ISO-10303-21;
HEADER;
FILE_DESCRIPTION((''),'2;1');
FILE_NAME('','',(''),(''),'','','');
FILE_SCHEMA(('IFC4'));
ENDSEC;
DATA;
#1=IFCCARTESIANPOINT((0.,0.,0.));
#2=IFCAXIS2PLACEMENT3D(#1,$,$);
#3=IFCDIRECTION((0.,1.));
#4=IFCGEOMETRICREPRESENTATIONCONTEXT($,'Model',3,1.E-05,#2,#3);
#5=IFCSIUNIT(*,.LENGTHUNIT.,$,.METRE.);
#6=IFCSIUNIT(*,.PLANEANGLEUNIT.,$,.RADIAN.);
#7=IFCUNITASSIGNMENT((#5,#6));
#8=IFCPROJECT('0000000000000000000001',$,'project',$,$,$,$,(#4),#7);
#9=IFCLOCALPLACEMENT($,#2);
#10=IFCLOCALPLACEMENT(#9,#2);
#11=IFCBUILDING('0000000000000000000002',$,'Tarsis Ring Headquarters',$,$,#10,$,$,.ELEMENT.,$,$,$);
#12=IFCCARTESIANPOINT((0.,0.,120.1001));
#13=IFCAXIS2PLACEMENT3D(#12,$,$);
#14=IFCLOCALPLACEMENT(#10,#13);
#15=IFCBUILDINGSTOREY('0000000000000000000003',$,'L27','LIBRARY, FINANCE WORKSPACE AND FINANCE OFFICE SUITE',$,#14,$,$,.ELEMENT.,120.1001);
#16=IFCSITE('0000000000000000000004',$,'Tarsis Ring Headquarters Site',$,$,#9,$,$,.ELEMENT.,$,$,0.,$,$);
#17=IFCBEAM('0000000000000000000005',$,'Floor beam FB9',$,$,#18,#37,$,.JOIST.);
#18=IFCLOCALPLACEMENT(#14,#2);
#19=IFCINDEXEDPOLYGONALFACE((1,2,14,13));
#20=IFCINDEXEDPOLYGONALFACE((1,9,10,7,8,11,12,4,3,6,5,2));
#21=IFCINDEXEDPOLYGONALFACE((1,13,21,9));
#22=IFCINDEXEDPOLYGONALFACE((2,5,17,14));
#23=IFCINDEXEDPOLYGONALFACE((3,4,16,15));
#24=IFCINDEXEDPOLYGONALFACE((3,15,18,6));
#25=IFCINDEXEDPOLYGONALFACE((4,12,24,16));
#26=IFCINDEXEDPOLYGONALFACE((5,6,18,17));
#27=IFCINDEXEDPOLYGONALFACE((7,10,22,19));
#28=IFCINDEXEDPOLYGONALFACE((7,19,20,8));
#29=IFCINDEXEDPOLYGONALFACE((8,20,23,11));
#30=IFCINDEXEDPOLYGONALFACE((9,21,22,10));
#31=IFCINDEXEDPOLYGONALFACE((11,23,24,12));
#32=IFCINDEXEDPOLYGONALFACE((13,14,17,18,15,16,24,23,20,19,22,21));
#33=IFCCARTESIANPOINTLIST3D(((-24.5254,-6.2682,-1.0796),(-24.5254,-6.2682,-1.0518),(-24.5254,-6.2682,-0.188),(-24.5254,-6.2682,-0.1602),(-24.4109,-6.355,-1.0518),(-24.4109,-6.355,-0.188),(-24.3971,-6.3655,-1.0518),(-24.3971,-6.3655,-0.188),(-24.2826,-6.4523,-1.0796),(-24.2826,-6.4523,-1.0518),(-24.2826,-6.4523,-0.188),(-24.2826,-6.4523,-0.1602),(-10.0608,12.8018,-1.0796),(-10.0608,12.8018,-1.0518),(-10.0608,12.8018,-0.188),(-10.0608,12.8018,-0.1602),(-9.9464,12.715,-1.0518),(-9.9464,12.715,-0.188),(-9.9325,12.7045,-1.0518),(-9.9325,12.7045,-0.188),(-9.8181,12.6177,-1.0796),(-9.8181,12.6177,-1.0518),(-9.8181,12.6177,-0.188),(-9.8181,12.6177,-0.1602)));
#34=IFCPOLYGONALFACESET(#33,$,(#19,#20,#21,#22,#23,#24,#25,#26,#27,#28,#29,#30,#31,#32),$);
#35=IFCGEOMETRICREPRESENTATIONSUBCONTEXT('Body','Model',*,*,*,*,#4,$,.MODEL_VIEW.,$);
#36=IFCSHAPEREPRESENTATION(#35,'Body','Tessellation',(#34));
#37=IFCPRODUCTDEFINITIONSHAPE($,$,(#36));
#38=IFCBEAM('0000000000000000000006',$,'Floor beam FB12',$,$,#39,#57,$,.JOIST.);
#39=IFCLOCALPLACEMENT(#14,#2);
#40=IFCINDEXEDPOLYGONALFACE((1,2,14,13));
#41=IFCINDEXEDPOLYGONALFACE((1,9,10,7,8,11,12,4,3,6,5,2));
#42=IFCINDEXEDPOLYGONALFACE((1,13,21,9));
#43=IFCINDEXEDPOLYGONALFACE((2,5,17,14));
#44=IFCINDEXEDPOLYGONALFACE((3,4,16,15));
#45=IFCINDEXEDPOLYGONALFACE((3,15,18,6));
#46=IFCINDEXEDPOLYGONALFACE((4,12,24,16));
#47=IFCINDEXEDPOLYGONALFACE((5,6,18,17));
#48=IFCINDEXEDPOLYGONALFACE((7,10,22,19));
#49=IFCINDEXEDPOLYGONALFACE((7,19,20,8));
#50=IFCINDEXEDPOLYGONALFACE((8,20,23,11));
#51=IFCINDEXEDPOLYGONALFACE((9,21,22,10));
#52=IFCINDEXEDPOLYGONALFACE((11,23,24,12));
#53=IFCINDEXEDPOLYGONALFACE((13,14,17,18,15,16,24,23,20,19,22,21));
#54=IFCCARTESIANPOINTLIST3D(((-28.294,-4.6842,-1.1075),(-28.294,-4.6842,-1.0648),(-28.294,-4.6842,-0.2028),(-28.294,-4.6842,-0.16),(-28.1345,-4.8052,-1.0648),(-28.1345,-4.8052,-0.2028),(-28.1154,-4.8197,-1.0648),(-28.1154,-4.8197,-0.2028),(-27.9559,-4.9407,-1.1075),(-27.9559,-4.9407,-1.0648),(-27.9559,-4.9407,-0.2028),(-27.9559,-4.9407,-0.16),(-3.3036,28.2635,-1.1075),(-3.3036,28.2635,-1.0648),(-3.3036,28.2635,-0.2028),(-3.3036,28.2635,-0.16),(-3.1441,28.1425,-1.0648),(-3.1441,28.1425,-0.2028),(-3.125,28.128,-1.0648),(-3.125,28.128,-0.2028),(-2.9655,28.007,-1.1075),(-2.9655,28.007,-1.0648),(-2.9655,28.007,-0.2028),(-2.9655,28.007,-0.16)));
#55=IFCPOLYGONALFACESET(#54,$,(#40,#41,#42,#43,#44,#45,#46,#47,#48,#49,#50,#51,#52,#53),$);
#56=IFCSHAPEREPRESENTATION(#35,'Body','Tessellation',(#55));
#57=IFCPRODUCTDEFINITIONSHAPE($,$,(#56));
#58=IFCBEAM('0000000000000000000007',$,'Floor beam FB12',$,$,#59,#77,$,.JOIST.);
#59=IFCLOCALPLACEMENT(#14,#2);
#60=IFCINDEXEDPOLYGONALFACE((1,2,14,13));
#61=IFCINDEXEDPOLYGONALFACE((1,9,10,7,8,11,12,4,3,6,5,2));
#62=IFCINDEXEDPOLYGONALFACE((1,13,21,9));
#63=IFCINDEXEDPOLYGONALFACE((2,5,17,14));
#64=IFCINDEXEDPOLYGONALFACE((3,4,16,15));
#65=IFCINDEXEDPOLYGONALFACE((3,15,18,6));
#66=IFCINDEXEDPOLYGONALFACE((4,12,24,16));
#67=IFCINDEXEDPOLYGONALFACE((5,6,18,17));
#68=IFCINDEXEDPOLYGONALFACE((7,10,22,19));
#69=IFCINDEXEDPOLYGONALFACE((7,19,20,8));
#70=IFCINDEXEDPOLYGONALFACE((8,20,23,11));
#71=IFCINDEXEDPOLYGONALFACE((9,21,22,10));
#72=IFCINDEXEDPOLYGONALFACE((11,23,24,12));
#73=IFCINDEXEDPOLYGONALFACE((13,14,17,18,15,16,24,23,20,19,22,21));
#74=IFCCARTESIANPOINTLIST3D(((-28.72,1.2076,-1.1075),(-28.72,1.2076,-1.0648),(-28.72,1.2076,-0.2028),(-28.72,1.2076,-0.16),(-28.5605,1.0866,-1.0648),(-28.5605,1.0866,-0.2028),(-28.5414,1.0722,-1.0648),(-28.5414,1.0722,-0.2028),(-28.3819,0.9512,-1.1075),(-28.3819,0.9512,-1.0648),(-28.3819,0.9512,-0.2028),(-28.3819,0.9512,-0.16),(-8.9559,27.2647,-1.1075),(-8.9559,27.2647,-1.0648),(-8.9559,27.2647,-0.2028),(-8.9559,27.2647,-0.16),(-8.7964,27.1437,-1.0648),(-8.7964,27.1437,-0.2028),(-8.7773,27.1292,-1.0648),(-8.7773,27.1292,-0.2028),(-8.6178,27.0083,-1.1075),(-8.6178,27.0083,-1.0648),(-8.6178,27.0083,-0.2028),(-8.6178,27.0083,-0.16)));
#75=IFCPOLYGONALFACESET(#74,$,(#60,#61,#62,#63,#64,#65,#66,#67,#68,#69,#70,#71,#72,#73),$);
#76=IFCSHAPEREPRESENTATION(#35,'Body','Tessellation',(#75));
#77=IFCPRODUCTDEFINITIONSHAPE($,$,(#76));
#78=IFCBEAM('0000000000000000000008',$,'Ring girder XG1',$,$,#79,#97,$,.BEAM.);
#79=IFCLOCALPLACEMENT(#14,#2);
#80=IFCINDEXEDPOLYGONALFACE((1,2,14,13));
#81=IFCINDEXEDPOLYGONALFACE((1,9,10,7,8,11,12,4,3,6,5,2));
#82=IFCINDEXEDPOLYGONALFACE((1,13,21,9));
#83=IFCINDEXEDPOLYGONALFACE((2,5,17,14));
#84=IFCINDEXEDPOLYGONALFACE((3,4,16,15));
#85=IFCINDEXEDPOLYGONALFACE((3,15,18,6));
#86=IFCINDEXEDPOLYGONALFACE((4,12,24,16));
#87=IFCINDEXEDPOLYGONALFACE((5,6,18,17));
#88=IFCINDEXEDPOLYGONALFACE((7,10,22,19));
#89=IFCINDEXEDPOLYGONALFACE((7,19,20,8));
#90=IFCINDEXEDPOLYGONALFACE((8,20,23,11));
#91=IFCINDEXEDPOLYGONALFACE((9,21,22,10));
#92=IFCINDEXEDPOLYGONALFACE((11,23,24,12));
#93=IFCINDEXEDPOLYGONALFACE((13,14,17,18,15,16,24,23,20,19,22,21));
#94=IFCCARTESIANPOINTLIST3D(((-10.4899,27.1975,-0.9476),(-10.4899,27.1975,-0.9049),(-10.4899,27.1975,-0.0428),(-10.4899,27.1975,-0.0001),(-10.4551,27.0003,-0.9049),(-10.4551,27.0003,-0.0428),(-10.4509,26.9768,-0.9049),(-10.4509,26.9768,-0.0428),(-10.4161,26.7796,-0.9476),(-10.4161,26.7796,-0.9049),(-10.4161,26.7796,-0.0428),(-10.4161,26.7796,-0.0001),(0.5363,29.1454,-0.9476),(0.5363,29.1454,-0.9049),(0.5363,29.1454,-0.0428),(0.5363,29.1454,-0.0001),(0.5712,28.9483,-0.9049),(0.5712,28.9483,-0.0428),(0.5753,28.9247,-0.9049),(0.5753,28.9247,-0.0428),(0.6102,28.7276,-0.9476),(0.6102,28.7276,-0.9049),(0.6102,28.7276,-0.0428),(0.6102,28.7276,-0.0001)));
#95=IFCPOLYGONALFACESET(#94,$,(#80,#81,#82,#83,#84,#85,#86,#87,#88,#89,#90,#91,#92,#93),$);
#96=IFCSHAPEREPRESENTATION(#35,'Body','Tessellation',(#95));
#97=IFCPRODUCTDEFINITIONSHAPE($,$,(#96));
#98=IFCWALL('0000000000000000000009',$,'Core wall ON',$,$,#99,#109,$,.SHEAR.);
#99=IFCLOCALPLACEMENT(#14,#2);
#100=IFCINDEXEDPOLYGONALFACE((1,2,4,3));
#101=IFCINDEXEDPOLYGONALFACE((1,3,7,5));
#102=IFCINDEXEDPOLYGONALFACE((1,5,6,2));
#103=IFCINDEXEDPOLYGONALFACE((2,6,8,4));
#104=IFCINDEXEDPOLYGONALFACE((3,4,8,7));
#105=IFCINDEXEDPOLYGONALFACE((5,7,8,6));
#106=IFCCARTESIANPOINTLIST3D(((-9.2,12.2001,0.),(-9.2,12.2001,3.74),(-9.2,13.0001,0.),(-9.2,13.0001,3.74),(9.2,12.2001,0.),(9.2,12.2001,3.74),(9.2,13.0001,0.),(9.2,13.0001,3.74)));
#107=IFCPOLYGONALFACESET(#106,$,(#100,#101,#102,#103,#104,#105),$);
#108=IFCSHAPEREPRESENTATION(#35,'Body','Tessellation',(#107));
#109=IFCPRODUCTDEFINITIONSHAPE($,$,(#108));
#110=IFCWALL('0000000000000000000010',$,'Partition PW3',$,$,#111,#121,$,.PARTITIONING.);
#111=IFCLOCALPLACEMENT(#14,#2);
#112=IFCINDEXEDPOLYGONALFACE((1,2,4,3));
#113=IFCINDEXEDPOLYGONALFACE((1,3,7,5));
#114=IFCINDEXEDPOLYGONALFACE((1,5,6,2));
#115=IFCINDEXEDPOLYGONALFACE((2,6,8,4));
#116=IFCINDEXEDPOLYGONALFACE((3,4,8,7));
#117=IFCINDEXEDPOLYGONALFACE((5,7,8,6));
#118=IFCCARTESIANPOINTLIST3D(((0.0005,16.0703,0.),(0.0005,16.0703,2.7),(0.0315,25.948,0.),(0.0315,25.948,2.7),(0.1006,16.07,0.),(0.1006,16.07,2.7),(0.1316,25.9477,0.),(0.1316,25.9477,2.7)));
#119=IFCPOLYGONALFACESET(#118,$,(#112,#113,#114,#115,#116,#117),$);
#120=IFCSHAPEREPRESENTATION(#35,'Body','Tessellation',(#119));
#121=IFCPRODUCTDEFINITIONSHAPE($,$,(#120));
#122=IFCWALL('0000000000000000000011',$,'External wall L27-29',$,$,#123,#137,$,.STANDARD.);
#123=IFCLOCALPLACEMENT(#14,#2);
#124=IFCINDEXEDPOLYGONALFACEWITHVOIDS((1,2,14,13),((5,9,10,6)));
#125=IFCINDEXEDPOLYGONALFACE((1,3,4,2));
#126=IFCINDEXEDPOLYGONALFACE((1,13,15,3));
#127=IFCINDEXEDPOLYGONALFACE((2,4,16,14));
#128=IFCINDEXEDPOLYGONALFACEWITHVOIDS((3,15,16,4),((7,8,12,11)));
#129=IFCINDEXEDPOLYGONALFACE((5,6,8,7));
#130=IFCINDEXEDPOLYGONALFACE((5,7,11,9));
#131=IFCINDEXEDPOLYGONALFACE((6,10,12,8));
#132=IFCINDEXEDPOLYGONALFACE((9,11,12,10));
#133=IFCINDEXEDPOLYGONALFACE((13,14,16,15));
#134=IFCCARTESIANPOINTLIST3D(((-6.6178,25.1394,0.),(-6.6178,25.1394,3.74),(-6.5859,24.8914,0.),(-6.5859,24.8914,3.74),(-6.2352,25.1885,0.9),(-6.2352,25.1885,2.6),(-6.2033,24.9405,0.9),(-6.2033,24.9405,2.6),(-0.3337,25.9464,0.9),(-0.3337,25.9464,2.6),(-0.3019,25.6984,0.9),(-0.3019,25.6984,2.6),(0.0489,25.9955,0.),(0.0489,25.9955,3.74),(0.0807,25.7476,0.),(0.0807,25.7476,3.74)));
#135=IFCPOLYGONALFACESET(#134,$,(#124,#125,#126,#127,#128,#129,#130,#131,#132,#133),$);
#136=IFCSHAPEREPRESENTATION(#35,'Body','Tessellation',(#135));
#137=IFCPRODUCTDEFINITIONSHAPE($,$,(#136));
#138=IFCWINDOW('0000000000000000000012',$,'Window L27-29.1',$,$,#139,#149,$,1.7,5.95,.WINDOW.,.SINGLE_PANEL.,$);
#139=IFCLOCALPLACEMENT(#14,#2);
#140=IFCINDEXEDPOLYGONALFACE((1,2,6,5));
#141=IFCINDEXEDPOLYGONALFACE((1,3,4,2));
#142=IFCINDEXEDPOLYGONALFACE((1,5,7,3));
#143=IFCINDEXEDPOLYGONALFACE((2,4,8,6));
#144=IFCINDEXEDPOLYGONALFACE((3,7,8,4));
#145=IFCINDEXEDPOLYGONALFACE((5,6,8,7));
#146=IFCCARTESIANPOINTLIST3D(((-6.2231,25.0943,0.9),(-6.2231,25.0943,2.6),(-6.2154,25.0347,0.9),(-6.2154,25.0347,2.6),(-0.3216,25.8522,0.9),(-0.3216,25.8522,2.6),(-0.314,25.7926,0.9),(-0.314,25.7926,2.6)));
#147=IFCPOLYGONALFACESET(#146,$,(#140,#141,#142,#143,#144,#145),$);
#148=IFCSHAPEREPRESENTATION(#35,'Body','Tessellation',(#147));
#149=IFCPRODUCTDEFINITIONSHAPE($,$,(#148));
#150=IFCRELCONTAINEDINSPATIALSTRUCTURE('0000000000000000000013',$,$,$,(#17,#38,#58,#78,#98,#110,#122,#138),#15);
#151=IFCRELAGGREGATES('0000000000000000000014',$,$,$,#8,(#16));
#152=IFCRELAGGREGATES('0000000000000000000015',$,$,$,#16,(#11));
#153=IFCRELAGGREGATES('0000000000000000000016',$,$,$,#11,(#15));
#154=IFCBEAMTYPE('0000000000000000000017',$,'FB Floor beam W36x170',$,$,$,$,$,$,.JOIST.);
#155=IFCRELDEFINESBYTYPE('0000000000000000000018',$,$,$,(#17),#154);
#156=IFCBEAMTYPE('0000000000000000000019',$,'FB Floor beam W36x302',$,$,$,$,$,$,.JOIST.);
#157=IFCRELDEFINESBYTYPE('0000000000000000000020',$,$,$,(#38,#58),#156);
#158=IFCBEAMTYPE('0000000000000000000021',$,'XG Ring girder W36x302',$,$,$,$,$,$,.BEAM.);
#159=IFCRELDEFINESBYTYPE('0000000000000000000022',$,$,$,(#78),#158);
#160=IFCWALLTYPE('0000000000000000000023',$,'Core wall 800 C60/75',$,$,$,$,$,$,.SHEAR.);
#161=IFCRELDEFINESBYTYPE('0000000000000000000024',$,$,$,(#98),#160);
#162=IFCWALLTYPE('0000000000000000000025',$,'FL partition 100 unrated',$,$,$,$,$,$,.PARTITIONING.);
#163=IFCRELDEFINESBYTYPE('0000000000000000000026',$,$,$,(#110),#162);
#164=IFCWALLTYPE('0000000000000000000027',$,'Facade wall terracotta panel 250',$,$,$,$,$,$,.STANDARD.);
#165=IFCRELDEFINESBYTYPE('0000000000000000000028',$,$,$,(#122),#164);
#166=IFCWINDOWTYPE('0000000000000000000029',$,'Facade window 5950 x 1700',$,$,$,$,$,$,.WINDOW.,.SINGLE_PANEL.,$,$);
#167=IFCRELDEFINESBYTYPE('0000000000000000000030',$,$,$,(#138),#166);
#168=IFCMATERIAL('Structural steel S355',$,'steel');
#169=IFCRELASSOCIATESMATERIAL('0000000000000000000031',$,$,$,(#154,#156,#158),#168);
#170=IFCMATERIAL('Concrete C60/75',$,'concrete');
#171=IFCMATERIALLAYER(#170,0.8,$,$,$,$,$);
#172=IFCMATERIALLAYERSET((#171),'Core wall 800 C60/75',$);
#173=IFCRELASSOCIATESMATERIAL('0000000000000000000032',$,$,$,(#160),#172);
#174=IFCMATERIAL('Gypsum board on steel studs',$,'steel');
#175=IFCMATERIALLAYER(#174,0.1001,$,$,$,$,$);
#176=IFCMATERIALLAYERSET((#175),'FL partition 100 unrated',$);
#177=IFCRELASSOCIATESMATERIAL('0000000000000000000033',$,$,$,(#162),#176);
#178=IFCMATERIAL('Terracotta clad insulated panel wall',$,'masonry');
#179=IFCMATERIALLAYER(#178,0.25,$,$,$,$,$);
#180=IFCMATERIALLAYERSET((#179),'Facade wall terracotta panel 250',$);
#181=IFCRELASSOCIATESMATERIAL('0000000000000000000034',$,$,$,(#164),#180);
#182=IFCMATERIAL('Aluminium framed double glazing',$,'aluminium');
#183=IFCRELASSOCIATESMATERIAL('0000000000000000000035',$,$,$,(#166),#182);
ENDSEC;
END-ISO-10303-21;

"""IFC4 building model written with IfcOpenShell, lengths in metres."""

from ifc_helpers import new_model, si_unit, direction, frame, frame_2d, origin, origin_2d, place, context, subcontext, project, spatial, rectangle, i_section, extrude, material, layer, layer_set, material_profile, profile_set, type_object, element, fill, save


model = new_model("IFC4")

# Units and contexts
model_context = context("Model", 3, precision=1e-05, world=origin(), true_north=direction((0.0, 1.0)))
body_context = subcontext(model_context, "Body", "Model", "MODEL_VIEW")
ifc_project = project(units=[si_unit("LENGTHUNIT", "METRE"), si_unit("PLANEANGLEUNIT", "RADIAN")], contexts=[model_context])

# Site, building, storey
site_placement = place(None, origin())
site = spatial("IfcSite", under=ifc_project, at=site_placement, Name="Tarsis Ring Headquarters Site", CompositionType="ELEMENT", RefElevation=0.0)
building_placement = place(site_placement, origin())
building = spatial("IfcBuilding", under=site, at=building_placement, Name="Tarsis Ring Headquarters", CompositionType="ELEMENT")
storey_placement = place(building_placement, frame((0.0, 0.0, 120.1001)))
storey = spatial("IfcBuildingStorey", under=building, at=storey_placement, Name="L27", Description="LIBRARY, FINANCE WORKSPACE AND FINANCE OFFICE SUITE", CompositionType="ELEMENT", Elevation=120.1001)

# Shared definitions
ifc_material_1 = material(Name="Structural steel S355", Category="steel")

# Beams
ifc_material_profile_1 = material_profile(ifc_material_1, i_section(OverallWidth=0.3047, OverallDepth=0.9194, WebThickness=0.0173, FlangeThickness=0.0278, at=origin_2d()), Name="W36x170")
ifc_profile_set_1 = profile_set([ifc_material_profile_1], Name="Structural steel S355")
beam_type_1 = type_object("IfcBeamType", Name="FB Floor beam W36x170", PredefinedType="JOIST", material=ifc_profile_set_1)
beam_1_placement = place(storey_placement, frame((-9.9395, 12.7097, -0.6199), z_axis=(-0.604324, -0.796739, 0.0), x_axis=(0.796739, -0.604324, 0.0)))
element("IfcBeam", 1, at=beam_1_placement, inside=storey, type_object=beam_type_1, Name="Floor beam FB9", PredefinedType="JOIST", context=body_context, shape_type="SweptSolid", body=[
    extrude(i_section(OverallWidth=0.3047, OverallDepth=0.9194, WebThickness=0.0173, FlangeThickness=0.0278, at=origin_2d()), origin(), (0.0, 0.0, 1.0), 23.9351),
])
ifc_material_profile_2 = material_profile(ifc_material_1, i_section(OverallWidth=0.4243, OverallDepth=0.9475, WebThickness=0.0239, FlangeThickness=0.0427, at=origin_2d()), Name="W36x302")
ifc_profile_set_2 = profile_set([ifc_material_profile_2], Name="Structural steel S355")
beam_type_2 = type_object("IfcBeamType", Name="FB Floor beam W36x302", PredefinedType="JOIST", material=ifc_profile_set_2)
beam_2_placement = place(storey_placement, frame((-3.1345, 28.1353, -0.6338), z_axis=(-0.604319, -0.796742, 0.0), x_axis=(0.796742, -0.604319, 0.0)))
element("IfcBeam", 2, at=beam_2_placement, inside=storey, type_object=beam_type_2, Name="Floor beam FB12", PredefinedType="JOIST", context=body_context, shape_type="SweptSolid", body=[
    extrude(i_section(OverallWidth=0.4243, OverallDepth=0.9475, WebThickness=0.0239, FlangeThickness=0.0427, at=origin_2d()), origin(), (0.0, 0.0, 1.0), 41.353),
])
beam_3_placement = place(storey_placement, frame((-8.7869, 27.1365, -0.6338), z_axis=(-0.604322, -0.79674, 0.0), x_axis=(0.79674, -0.604322, 0.0)))
element("IfcBeam", 3, at=beam_3_placement, inside=storey, type_object=beam_type_2, Name="Floor beam FB12", PredefinedType="JOIST", context=body_context, shape_type="SweptSolid", body=[
    extrude(i_section(OverallWidth=0.4243, OverallDepth=0.9475, WebThickness=0.0239, FlangeThickness=0.0427, at=origin_2d()), origin(), (0.0, 0.0, 1.0), 32.7046),
])
beam_type_3 = type_object("IfcBeamType", Name="XG Ring girder W36x302", PredefinedType="BEAM", material=ifc_profile_set_2)
beam_4_placement = place(storey_placement, frame((0.5732, 28.9365, -0.4739), z_axis=(-0.98475, -0.173973, 0.0), x_axis=(0.173973, -0.98475, 0.0)))
element("IfcBeam", 4, at=beam_4_placement, inside=storey, type_object=beam_type_3, Name="Ring girder XG1", PredefinedType="BEAM", context=body_context, shape_type="SweptSolid", body=[
    extrude(i_section(OverallWidth=0.4243, OverallDepth=0.9475, WebThickness=0.0239, FlangeThickness=0.0427, at=origin_2d()), origin(), (0.0, 0.0, 1.0), 11.197),
])

# Walls
ifc_material_2 = material(Name="Concrete C60/75", Category="concrete")
ifc_layer_1 = layer(ifc_material_2, 0.8)
ifc_layer_set_1 = layer_set([ifc_layer_1], Name="Core wall 800 C60/75")
wall_type_1 = type_object("IfcWallType", Name="Core wall 800 C60/75", PredefinedType="SHEAR", material=ifc_layer_set_1)
wall_1_placement = place(storey_placement, frame((-9.2, 12.6001, 0.0), z_axis=(0.0, 0.0, 1.0), x_axis=(1.0, 0.0, 0.0)))
element("IfcWall", 5, at=wall_1_placement, inside=storey, type_object=wall_type_1, Name="Core wall ON", PredefinedType="SHEAR", context=body_context, shape_type="SweptSolid", body=[
    extrude(rectangle(XDim=18.3999, YDim=0.8, at=frame_2d((9.2, 0.0))), origin(), (0.0, 0.0, 1.0), 3.74),
])
ifc_material_3 = material(Name="Gypsum board on steel studs", Category="steel")
ifc_layer_2 = layer(ifc_material_3, 0.1001)
ifc_layer_set_2 = layer_set([ifc_layer_2], Name="FL partition 100 unrated")
wall_type_2 = type_object("IfcWallType", Name="FL partition 100 unrated", PredefinedType="PARTITIONING", material=ifc_layer_set_2)
wall_2_placement = place(storey_placement, frame((0.0505, 16.0701, 0.0), z_axis=(0.0, 0.0, 1.0), x_axis=(0.003139, 0.999995, 0.0)))
element("IfcWall", 6, at=wall_2_placement, inside=storey, type_object=wall_type_2, Name="Partition PW3", PredefinedType="PARTITIONING", context=body_context, shape_type="SweptSolid", body=[
    extrude(rectangle(XDim=9.8777, YDim=0.1001, at=frame_2d((4.939, 0.0))), origin(), (0.0, 0.0, 1.0), 2.7),
])

# Wall, opening, window
ifc_material_4 = material(Name="Terracotta clad insulated panel wall", Category="masonry")
ifc_layer_3 = layer(ifc_material_4, 0.25)
ifc_layer_set_3 = layer_set([ifc_layer_3], Name="Facade wall terracotta panel 250")
wall_type_3 = type_object("IfcWallType", Name="Facade wall terracotta panel 250", PredefinedType="STANDARD", material=ifc_layer_set_3)
wall_3_placement = place(storey_placement, frame((0.0649, 25.8716, 0.0), z_axis=(0.0, 0.0, 1.0), x_axis=(-0.991854, -0.127382, 0.0)))
wall_3 = element("IfcWall", 7, at=wall_3_placement, inside=storey, type_object=wall_type_3, Name="External wall L27-29", PredefinedType="STANDARD", context=body_context, shape_type="SweptSolid", body=[
    extrude(rectangle(XDim=6.7214, YDim=0.25, at=frame_2d((3.3608, 0.0))), origin(), (0.0, 0.0, 1.0), 3.74),
])
opening_1_placement = place(wall_3_placement, frame((0.3857, 0.0, 0.8999)))
opening_1 = element("IfcOpeningElement", 8, at=opening_1_placement, cuts=wall_3, PredefinedType="OPENING", context=body_context, shape_type="SweptSolid", body=[
    extrude(rectangle(XDim=5.95, YDim=1.7, at=frame_2d((2.9751, 0.8501))), frame((0.0, 0.135, 0.0), z_axis=(0.0, -1.0, 0.0), x_axis=(1.0, 0.0, 0.0)), (0.0, 0.0, 1.0), 0.27),
])
ifc_material_5 = material(Name="Aluminium framed double glazing", Category="aluminium")
window_type_1 = type_object("IfcWindowType", Name="Facade window 5950 x 1700", PartitioningType="SINGLE_PANEL", PredefinedType="WINDOW", material=ifc_material_5)
window_1_placement = place(opening_1_placement, origin())
window_1 = element("IfcWindow", 9, at=window_1_placement, inside=storey, type_object=window_type_1, Name="Window L27-29.1", OverallHeight=1.7, OverallWidth=5.95, PartitioningType="SINGLE_PANEL", PredefinedType="WINDOW", context=body_context, shape_type="SweptSolid", body=[
    extrude(rectangle(XDim=5.95, YDim=1.7, at=frame_2d((2.9751, 0.8501))), frame((0.0, 0.03, 0.0), z_axis=(0.0, -1.0, 0.0), x_axis=(1.0, 0.0, 0.0)), (0.0, 0.0, 1.0), 0.0601),
])
fill(opening_1, window_1)

save(model, "model.ifc")
